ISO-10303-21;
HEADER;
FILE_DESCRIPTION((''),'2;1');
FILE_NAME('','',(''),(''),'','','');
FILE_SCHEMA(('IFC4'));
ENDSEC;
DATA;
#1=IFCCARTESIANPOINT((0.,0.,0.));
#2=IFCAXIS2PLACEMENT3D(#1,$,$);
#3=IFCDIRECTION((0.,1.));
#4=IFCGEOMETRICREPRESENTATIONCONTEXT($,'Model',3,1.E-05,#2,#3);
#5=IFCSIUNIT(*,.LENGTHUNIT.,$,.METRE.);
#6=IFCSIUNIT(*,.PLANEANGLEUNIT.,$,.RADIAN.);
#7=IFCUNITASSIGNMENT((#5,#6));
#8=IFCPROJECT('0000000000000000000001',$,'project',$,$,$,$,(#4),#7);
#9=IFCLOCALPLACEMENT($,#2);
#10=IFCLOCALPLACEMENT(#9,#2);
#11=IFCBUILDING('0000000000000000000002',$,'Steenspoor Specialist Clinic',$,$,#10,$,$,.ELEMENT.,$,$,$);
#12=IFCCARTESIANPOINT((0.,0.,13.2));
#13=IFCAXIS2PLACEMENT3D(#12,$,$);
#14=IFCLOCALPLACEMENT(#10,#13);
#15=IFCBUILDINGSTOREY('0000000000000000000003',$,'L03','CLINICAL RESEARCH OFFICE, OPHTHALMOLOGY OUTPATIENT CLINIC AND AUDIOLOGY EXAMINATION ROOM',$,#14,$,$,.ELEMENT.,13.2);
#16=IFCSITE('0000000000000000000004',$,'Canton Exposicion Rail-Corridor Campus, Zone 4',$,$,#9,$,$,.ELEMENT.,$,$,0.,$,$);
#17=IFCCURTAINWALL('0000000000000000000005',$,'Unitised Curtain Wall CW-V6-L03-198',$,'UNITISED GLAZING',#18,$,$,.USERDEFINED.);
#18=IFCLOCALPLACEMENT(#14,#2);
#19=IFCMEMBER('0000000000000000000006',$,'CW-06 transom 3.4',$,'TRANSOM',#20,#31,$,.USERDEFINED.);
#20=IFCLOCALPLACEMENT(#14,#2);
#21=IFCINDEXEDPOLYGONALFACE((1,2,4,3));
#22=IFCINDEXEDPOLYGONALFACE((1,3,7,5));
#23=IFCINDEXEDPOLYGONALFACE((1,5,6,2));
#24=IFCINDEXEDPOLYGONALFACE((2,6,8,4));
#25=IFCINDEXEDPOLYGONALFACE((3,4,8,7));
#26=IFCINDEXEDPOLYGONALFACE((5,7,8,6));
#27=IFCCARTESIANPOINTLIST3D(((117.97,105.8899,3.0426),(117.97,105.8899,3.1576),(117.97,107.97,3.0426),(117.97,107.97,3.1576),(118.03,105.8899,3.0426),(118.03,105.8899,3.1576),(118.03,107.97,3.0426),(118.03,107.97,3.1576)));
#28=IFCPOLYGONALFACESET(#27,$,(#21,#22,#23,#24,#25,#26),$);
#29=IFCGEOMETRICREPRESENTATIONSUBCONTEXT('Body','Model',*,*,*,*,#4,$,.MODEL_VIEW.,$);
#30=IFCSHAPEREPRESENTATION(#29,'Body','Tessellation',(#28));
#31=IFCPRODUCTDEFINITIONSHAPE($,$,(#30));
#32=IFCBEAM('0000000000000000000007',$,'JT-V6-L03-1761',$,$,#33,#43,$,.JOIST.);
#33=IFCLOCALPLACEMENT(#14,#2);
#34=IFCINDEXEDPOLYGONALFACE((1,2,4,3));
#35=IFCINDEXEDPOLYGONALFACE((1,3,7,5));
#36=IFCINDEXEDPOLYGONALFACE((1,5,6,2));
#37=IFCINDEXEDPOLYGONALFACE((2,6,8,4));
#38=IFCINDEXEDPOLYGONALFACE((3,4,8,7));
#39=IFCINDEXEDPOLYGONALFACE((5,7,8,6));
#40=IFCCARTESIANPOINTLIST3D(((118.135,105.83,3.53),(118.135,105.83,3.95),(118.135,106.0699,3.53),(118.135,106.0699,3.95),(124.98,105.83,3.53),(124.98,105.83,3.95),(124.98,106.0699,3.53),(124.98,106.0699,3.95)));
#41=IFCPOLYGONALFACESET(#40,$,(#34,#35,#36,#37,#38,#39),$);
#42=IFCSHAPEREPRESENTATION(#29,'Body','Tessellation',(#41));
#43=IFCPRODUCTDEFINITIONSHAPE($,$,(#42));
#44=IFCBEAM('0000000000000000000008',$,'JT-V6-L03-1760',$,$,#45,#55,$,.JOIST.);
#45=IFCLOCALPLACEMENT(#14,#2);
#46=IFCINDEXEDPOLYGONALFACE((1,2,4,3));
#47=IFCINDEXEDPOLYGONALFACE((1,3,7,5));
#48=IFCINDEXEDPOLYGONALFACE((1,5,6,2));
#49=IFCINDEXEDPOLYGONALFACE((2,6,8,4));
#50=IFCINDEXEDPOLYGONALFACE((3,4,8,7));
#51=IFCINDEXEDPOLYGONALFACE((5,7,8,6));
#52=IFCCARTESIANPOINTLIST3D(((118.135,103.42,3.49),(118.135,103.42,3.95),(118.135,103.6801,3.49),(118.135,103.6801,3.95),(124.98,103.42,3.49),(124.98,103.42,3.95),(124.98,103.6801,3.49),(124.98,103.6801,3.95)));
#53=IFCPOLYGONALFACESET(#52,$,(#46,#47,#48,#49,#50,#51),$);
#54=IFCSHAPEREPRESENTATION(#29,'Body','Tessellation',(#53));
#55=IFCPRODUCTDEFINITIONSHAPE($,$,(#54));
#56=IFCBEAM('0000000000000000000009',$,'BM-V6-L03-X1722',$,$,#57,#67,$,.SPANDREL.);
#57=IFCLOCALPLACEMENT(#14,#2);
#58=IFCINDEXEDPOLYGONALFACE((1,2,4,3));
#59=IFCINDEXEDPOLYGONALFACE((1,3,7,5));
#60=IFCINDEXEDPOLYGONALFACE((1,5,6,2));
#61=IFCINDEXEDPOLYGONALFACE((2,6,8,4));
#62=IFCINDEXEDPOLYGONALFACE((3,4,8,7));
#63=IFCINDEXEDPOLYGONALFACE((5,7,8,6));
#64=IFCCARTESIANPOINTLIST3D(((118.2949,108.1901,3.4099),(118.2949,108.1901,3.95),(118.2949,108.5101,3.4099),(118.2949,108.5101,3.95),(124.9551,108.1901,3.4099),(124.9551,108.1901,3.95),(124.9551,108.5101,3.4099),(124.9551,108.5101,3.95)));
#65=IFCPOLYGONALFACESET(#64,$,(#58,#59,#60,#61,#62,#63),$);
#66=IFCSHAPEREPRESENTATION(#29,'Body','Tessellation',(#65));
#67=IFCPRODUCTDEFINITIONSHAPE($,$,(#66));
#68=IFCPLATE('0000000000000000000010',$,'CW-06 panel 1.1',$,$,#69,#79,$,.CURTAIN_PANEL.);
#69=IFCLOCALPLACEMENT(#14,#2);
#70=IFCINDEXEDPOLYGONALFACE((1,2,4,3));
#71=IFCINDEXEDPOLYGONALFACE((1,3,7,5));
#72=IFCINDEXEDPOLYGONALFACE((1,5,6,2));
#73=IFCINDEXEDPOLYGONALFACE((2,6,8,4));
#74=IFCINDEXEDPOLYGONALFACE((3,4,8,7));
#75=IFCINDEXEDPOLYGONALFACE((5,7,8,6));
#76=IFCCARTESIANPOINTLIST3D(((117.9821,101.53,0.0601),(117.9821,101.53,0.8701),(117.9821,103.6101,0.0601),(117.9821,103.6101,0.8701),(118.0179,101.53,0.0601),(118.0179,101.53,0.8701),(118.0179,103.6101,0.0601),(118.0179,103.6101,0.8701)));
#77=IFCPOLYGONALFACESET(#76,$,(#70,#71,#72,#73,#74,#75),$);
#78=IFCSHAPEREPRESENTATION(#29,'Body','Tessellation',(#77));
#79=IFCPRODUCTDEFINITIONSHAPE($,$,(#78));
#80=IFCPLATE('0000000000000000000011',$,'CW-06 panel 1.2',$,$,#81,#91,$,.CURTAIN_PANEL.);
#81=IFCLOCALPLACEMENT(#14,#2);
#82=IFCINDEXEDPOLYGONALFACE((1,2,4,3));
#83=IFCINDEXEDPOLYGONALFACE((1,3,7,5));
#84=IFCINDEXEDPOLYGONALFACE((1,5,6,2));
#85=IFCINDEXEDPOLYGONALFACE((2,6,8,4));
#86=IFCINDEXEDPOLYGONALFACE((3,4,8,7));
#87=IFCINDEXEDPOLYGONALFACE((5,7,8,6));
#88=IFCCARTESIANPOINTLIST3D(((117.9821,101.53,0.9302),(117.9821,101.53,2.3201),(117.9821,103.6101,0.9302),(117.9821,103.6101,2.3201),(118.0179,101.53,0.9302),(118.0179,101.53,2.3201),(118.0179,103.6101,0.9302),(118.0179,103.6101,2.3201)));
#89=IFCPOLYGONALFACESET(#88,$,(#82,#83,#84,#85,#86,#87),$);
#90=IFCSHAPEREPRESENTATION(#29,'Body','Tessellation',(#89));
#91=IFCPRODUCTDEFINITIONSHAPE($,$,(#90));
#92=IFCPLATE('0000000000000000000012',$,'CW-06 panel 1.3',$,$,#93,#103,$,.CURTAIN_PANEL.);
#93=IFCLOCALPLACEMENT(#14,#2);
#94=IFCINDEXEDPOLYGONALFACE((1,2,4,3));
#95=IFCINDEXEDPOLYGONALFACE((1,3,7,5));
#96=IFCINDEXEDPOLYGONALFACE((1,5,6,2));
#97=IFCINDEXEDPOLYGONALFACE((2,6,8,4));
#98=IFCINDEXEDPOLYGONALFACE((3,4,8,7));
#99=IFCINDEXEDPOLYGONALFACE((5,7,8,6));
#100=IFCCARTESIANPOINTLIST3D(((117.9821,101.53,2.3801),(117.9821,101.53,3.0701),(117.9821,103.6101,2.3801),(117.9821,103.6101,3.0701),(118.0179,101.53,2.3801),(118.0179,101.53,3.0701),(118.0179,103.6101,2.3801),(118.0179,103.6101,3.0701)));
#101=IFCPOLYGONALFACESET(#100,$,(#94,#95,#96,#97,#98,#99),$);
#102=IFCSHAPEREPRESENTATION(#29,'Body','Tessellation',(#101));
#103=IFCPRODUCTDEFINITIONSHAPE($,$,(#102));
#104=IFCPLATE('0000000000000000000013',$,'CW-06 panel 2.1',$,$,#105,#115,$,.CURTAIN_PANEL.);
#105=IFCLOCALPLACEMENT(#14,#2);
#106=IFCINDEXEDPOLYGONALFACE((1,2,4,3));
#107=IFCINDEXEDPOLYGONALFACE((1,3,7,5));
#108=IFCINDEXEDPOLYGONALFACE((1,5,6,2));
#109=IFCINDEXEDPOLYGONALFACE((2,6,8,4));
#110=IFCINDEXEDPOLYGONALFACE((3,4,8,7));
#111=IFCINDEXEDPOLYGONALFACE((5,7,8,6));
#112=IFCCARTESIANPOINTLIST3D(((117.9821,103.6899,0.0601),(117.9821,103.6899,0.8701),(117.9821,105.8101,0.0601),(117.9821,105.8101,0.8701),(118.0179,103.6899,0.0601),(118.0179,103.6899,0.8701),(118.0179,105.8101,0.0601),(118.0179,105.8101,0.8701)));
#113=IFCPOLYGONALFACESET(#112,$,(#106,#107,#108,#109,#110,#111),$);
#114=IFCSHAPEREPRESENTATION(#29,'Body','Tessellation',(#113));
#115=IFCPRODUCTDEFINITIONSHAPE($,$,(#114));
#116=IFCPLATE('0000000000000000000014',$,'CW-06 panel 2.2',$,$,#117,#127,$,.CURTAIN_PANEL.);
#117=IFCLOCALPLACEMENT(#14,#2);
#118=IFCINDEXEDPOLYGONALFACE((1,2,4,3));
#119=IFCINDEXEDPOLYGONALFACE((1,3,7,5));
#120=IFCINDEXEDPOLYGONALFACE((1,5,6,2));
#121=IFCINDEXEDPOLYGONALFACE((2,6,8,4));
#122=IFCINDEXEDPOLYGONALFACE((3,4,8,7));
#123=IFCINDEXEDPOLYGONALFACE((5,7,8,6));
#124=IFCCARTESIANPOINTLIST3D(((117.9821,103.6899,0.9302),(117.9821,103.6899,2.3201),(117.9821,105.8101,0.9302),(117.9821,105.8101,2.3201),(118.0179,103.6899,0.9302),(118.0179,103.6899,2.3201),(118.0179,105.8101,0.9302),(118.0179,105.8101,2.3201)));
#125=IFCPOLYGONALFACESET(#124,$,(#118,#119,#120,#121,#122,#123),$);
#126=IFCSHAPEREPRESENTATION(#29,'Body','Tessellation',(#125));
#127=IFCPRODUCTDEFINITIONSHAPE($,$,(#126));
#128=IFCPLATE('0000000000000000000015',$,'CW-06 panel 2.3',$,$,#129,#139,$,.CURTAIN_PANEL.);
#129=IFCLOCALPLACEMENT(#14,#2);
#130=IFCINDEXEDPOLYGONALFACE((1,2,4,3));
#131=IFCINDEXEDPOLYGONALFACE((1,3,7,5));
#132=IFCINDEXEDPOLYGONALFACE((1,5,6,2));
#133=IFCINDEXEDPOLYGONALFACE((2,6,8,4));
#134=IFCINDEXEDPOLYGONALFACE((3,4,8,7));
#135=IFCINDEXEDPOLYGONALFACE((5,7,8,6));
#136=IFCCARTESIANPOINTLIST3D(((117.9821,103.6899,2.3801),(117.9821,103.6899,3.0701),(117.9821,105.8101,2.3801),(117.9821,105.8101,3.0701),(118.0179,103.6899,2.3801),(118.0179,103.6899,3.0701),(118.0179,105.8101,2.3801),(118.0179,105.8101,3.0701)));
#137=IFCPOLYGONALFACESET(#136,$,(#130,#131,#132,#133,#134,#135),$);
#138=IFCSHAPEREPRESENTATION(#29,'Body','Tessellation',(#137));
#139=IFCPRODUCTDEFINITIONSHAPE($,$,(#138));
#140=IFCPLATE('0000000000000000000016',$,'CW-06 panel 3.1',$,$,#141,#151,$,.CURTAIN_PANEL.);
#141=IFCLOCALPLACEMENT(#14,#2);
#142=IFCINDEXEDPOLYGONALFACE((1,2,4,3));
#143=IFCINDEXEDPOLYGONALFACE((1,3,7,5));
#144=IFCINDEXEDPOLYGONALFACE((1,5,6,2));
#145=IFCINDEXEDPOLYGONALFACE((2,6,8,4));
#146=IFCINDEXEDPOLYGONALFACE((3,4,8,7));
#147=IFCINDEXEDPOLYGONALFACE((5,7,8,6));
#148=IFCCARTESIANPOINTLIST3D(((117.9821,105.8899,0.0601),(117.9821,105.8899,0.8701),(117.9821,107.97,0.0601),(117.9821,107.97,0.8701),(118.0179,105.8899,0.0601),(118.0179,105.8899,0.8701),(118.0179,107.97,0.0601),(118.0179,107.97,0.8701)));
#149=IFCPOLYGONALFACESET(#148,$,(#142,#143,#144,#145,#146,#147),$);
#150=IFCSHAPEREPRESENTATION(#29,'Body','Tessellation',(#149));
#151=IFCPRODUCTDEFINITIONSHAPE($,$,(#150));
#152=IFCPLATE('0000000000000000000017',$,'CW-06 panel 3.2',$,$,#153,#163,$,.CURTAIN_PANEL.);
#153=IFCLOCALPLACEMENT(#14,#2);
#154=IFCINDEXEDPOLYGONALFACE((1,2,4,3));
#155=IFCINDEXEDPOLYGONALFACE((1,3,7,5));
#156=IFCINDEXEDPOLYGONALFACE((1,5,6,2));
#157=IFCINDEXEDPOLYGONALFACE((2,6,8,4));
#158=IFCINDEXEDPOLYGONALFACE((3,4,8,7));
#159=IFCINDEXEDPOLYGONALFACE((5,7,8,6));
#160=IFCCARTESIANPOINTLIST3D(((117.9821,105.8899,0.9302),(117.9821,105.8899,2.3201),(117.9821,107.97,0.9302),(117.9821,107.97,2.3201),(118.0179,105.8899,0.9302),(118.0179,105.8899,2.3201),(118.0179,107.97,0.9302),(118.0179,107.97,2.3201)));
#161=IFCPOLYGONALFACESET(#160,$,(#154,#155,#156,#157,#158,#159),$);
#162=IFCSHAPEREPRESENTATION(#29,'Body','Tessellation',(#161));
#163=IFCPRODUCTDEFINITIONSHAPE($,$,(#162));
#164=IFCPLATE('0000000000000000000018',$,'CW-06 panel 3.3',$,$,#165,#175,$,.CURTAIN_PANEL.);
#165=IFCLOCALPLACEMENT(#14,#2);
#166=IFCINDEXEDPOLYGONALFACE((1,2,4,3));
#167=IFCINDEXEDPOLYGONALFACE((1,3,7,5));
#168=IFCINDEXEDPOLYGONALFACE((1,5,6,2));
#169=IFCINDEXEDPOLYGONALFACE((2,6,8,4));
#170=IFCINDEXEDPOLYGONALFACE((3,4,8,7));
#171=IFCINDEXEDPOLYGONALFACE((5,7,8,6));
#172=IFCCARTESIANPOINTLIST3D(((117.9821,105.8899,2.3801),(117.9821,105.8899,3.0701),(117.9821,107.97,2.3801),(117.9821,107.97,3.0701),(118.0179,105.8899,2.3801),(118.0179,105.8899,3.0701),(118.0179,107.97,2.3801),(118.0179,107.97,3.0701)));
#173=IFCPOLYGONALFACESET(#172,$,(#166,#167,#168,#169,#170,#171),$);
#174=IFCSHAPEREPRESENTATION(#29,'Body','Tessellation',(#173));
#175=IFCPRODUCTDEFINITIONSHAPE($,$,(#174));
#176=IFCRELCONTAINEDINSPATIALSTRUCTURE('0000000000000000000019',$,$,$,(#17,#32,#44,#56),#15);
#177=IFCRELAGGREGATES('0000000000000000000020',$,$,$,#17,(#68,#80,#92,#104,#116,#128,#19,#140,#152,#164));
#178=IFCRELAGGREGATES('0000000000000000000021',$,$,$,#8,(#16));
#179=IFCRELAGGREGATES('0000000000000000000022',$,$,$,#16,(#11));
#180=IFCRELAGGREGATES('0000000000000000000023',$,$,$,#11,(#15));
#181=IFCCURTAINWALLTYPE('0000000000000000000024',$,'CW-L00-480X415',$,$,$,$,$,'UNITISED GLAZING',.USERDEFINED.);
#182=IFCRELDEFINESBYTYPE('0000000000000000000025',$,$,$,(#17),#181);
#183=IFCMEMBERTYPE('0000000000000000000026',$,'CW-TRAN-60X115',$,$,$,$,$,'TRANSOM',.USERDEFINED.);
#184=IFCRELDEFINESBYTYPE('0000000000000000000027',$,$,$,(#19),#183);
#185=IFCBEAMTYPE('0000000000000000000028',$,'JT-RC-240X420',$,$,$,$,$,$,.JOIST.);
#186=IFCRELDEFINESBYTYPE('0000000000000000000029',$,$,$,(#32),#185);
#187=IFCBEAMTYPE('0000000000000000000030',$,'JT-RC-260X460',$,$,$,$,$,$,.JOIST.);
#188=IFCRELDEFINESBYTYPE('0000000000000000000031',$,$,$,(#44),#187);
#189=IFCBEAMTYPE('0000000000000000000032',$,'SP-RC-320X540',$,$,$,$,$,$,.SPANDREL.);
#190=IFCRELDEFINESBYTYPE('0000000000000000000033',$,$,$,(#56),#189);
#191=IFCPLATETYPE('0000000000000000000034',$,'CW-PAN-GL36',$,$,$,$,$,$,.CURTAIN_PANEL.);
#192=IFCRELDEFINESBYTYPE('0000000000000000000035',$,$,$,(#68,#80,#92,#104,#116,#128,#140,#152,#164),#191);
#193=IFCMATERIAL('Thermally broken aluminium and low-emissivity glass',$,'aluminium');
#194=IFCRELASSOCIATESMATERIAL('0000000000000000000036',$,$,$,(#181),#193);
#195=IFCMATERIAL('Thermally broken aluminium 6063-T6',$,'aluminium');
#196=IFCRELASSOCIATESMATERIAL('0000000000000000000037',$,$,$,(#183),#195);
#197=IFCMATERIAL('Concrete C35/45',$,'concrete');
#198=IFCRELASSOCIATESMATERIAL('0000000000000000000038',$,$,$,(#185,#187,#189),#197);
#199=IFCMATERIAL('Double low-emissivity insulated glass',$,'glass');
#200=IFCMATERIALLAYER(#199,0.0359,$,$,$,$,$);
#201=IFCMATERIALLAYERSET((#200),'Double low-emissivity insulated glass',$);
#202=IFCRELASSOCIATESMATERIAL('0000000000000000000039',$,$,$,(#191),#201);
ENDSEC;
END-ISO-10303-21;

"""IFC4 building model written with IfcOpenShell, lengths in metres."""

from ifc_helpers import new_model, si_unit, direction, frame, origin, origin_2d, place, context, subcontext, project, spatial, rectangle, extrude, material, layer, layer_set, material_profile, profile_set, type_object, element, aggregate, save


model = new_model("IFC4")

# Units and contexts
model_context = context("Model", 3, precision=1e-05, world=origin(), true_north=direction((0.0, 1.0)))
body_context = subcontext(model_context, "Body", "Model", "MODEL_VIEW")
ifc_project = project(units=[si_unit("LENGTHUNIT", "METRE"), si_unit("PLANEANGLEUNIT", "RADIAN")], contexts=[model_context])

# Site, building, storey
site_placement = place(None, origin())
site = spatial("IfcSite", under=ifc_project, at=site_placement, Name="Canton Exposicion Rail-Corridor Campus, Zone 4", CompositionType="ELEMENT", RefElevation=0.0)
building_placement = place(site_placement, origin())
building = spatial("IfcBuilding", under=site, at=building_placement, Name="Steenspoor Specialist Clinic", CompositionType="ELEMENT")
storey_placement = place(building_placement, frame((0.0, 0.0, 13.2)))
storey = spatial("IfcBuildingStorey", under=building, at=storey_placement, Name="L03", Description="CLINICAL RESEARCH OFFICE, OPHTHALMOLOGY OUTPATIENT CLINIC AND AUDIOLOGY EXAMINATION ROOM", CompositionType="ELEMENT", Elevation=13.2)

# Curtain wall, member
ifc_material_1 = material(Name="Thermally broken aluminium and low-emissivity glass", Category="aluminium")
curtain_wall_type = type_object("IfcCurtainWallType", Name="CW-L00-480X415", ElementType="UNITISED GLAZING", PredefinedType="USERDEFINED", material=ifc_material_1)
curtain_wall_placement = place(storey_placement, origin())
curtain_wall = element("IfcCurtainWall", 1, at=curtain_wall_placement, inside=storey, type_object=curtain_wall_type, Name="Unitised Curtain Wall CW-V6-L03-198", ObjectType="UNITISED GLAZING", PredefinedType="USERDEFINED")
ifc_material_2 = material(Name="Thermally broken aluminium 6063-T6", Category="aluminium")
ifc_material_profile_1 = material_profile(ifc_material_2, rectangle(XDim=0.0601, YDim=0.115, at=origin_2d()), Name="CWT-60X115")
ifc_profile_set_1 = profile_set([ifc_material_profile_1], Name="Thermally broken aluminium 6063-T6")
member_type_1 = type_object("IfcMemberType", Name="CW-TRAN-60X115", ElementType="TRANSOM", PredefinedType="USERDEFINED", material=ifc_profile_set_1)
member_1_placement = place(storey_placement, frame((118.0, 105.8899, 3.1001), z_axis=(0.0, 1.0, 0.0), x_axis=(-1.0, 0.0, 0.0)))
member_1 = element("IfcMember", 2, at=member_1_placement, type_object=member_type_1, Name="CW-06 transom 3.4", ObjectType="TRANSOM", PredefinedType="USERDEFINED", context=body_context, shape_type="SweptSolid", body=[
    extrude(rectangle(XDim=0.0601, YDim=0.115, at=origin_2d()), origin(), (0.0, 0.0, 1.0), 2.0801),
])

# Beams
ifc_material_3 = material(Name="Concrete C35/45", Category="concrete")
ifc_material_profile_2 = material_profile(ifc_material_3, rectangle(XDim=0.24, YDim=0.4199, at=origin_2d()), Name="RC-JT-240X420")
ifc_profile_set_2 = profile_set([ifc_material_profile_2], Name="Concrete C35/45")
beam_type_1 = type_object("IfcBeamType", Name="JT-RC-240X420", PredefinedType="JOIST", material=ifc_profile_set_2)
beam_1_placement = place(storey_placement, frame((118.135, 105.95, 3.74), z_axis=(1.0, 0.0, 0.0), x_axis=(0.0, 1.0, 0.0)))
element("IfcBeam", 3, at=beam_1_placement, inside=storey, type_object=beam_type_1, Name="JT-V6-L03-1761", PredefinedType="JOIST", context=body_context, shape_type="SweptSolid", body=[
    extrude(rectangle(XDim=0.24, YDim=0.4199, at=origin_2d()), origin(), (0.0, 0.0, 1.0), 6.845),
])
ifc_material_profile_3 = material_profile(ifc_material_3, rectangle(XDim=0.26, YDim=0.46, at=origin_2d()), Name="RC-JT-260X460")
ifc_profile_set_3 = profile_set([ifc_material_profile_3], Name="Concrete C35/45")
beam_type_2 = type_object("IfcBeamType", Name="JT-RC-260X460", PredefinedType="JOIST", material=ifc_profile_set_3)
beam_2_placement = place(storey_placement, frame((118.135, 103.55, 3.72), z_axis=(1.0, 0.0, 0.0), x_axis=(0.0, 1.0, 0.0)))
element("IfcBeam", 4, at=beam_2_placement, inside=storey, type_object=beam_type_2, Name="JT-V6-L03-1760", PredefinedType="JOIST", context=body_context, shape_type="SweptSolid", body=[
    extrude(rectangle(XDim=0.26, YDim=0.46, at=origin_2d()), origin(), (0.0, 0.0, 1.0), 6.845),
])
ifc_material_profile_4 = material_profile(ifc_material_3, rectangle(XDim=0.3201, YDim=0.54, at=origin_2d()), Name="RC-SP-320X540")
ifc_profile_set_4 = profile_set([ifc_material_profile_4], Name="Concrete C35/45")
beam_type_3 = type_object("IfcBeamType", Name="SP-RC-320X540", PredefinedType="SPANDREL", material=ifc_profile_set_4)
beam_3_placement = place(storey_placement, frame((118.2949, 108.3501, 3.6799), z_axis=(1.0, 0.0, 0.0), x_axis=(0.0, 1.0, 0.0)))
element("IfcBeam", 5, at=beam_3_placement, inside=storey, type_object=beam_type_3, Name="BM-V6-L03-X1722", PredefinedType="SPANDREL", context=body_context, shape_type="SweptSolid", body=[
    extrude(rectangle(XDim=0.3201, YDim=0.54, at=origin_2d()), origin(), (0.0, 0.0, 1.0), 6.6602),
])

# Plates
ifc_material_4 = material(Name="Double low-emissivity insulated glass", Category="glass")
ifc_layer_1 = layer(ifc_material_4, 0.0359)
ifc_layer_set_1 = layer_set([ifc_layer_1], Name="Double low-emissivity insulated glass")
plate_type = type_object("IfcPlateType", Name="CW-PAN-GL36", PredefinedType="CURTAIN_PANEL", material=ifc_layer_set_1)
plate_1_placement = place(storey_placement, frame((118.0, 102.5701, 0.0601), z_axis=(0.0, 0.0, 1.0), x_axis=(0.0, 1.0, 0.0)))
plate_1 = element("IfcPlate", 6, at=plate_1_placement, type_object=plate_type, Name="CW-06 panel 1.1", PredefinedType="CURTAIN_PANEL", context=body_context, shape_type="SweptSolid", body=[
    extrude(rectangle(XDim=2.0801, YDim=0.0359, at=origin_2d()), origin(), (0.0, 0.0, 1.0), 0.8101),
])
plate_2_placement = place(storey_placement, frame((118.0, 102.5701, 0.9302), z_axis=(0.0, 0.0, 1.0), x_axis=(0.0, 1.0, 0.0)))
plate_2 = element("IfcPlate", 7, at=plate_2_placement, type_object=plate_type, Name="CW-06 panel 1.2", PredefinedType="CURTAIN_PANEL", context=body_context, shape_type="SweptSolid", body=[
    extrude(rectangle(XDim=2.0801, YDim=0.0359, at=origin_2d()), origin(), (0.0, 0.0, 1.0), 1.3899),
])
plate_3_placement = place(storey_placement, frame((118.0, 102.5701, 2.3801), z_axis=(0.0, 0.0, 1.0), x_axis=(0.0, 1.0, 0.0)))
plate_3 = element("IfcPlate", 8, at=plate_3_placement, type_object=plate_type, Name="CW-06 panel 1.3", PredefinedType="CURTAIN_PANEL", context=body_context, shape_type="SweptSolid", body=[
    extrude(rectangle(XDim=2.0801, YDim=0.0359, at=origin_2d()), origin(), (0.0, 0.0, 1.0), 0.6899),
])
plate_4_placement = place(storey_placement, frame((118.0, 104.75, 0.0601), z_axis=(0.0, 0.0, 1.0), x_axis=(0.0, 1.0, 0.0)))
plate_4 = element("IfcPlate", 9, at=plate_4_placement, type_object=plate_type, Name="CW-06 panel 2.1", PredefinedType="CURTAIN_PANEL", context=body_context, shape_type="SweptSolid", body=[
    extrude(rectangle(XDim=2.1201, YDim=0.0359, at=origin_2d()), origin(), (0.0, 0.0, 1.0), 0.8101),
])
plate_5_placement = place(storey_placement, frame((118.0, 104.75, 0.9302), z_axis=(0.0, 0.0, 1.0), x_axis=(0.0, 1.0, 0.0)))
plate_5 = element("IfcPlate", 10, at=plate_5_placement, type_object=plate_type, Name="CW-06 panel 2.2", PredefinedType="CURTAIN_PANEL", context=body_context, shape_type="SweptSolid", body=[
    extrude(rectangle(XDim=2.1201, YDim=0.0359, at=origin_2d()), origin(), (0.0, 0.0, 1.0), 1.3899),
])
plate_6_placement = place(storey_placement, frame((118.0, 104.75, 2.3801), z_axis=(0.0, 0.0, 1.0), x_axis=(0.0, 1.0, 0.0)))
plate_6 = element("IfcPlate", 11, at=plate_6_placement, type_object=plate_type, Name="CW-06 panel 2.3", PredefinedType="CURTAIN_PANEL", context=body_context, shape_type="SweptSolid", body=[
    extrude(rectangle(XDim=2.1201, YDim=0.0359, at=origin_2d()), origin(), (0.0, 0.0, 1.0), 0.6899),
])
plate_7_placement = place(storey_placement, frame((118.0, 106.9299, 0.0601), z_axis=(0.0, 0.0, 1.0), x_axis=(0.0, 1.0, 0.0)))
plate_7 = element("IfcPlate", 12, at=plate_7_placement, type_object=plate_type, Name="CW-06 panel 3.1", PredefinedType="CURTAIN_PANEL", context=body_context, shape_type="SweptSolid", body=[
    extrude(rectangle(XDim=2.0801, YDim=0.0359, at=origin_2d()), origin(), (0.0, 0.0, 1.0), 0.8101),
])
plate_8_placement = place(storey_placement, frame((118.0, 106.9299, 0.9302), z_axis=(0.0, 0.0, 1.0), x_axis=(0.0, 1.0, 0.0)))
plate_8 = element("IfcPlate", 13, at=plate_8_placement, type_object=plate_type, Name="CW-06 panel 3.2", PredefinedType="CURTAIN_PANEL", context=body_context, shape_type="SweptSolid", body=[
    extrude(rectangle(XDim=2.0801, YDim=0.0359, at=origin_2d()), origin(), (0.0, 0.0, 1.0), 1.3899),
])
plate_9_placement = place(storey_placement, frame((118.0, 106.9299, 2.3801), z_axis=(0.0, 0.0, 1.0), x_axis=(0.0, 1.0, 0.0)))
plate_9 = element("IfcPlate", 14, at=plate_9_placement, type_object=plate_type, Name="CW-06 panel 3.3", PredefinedType="CURTAIN_PANEL", context=body_context, shape_type="SweptSolid", body=[
    extrude(rectangle(XDim=2.0801, YDim=0.0359, at=origin_2d()), origin(), (0.0, 0.0, 1.0), 0.6899),
])
aggregate(curtain_wall, [plate_1, plate_2, plate_3, plate_4, plate_5, plate_6, member_1, plate_7, plate_8, plate_9])

save(model, "model.ifc")
